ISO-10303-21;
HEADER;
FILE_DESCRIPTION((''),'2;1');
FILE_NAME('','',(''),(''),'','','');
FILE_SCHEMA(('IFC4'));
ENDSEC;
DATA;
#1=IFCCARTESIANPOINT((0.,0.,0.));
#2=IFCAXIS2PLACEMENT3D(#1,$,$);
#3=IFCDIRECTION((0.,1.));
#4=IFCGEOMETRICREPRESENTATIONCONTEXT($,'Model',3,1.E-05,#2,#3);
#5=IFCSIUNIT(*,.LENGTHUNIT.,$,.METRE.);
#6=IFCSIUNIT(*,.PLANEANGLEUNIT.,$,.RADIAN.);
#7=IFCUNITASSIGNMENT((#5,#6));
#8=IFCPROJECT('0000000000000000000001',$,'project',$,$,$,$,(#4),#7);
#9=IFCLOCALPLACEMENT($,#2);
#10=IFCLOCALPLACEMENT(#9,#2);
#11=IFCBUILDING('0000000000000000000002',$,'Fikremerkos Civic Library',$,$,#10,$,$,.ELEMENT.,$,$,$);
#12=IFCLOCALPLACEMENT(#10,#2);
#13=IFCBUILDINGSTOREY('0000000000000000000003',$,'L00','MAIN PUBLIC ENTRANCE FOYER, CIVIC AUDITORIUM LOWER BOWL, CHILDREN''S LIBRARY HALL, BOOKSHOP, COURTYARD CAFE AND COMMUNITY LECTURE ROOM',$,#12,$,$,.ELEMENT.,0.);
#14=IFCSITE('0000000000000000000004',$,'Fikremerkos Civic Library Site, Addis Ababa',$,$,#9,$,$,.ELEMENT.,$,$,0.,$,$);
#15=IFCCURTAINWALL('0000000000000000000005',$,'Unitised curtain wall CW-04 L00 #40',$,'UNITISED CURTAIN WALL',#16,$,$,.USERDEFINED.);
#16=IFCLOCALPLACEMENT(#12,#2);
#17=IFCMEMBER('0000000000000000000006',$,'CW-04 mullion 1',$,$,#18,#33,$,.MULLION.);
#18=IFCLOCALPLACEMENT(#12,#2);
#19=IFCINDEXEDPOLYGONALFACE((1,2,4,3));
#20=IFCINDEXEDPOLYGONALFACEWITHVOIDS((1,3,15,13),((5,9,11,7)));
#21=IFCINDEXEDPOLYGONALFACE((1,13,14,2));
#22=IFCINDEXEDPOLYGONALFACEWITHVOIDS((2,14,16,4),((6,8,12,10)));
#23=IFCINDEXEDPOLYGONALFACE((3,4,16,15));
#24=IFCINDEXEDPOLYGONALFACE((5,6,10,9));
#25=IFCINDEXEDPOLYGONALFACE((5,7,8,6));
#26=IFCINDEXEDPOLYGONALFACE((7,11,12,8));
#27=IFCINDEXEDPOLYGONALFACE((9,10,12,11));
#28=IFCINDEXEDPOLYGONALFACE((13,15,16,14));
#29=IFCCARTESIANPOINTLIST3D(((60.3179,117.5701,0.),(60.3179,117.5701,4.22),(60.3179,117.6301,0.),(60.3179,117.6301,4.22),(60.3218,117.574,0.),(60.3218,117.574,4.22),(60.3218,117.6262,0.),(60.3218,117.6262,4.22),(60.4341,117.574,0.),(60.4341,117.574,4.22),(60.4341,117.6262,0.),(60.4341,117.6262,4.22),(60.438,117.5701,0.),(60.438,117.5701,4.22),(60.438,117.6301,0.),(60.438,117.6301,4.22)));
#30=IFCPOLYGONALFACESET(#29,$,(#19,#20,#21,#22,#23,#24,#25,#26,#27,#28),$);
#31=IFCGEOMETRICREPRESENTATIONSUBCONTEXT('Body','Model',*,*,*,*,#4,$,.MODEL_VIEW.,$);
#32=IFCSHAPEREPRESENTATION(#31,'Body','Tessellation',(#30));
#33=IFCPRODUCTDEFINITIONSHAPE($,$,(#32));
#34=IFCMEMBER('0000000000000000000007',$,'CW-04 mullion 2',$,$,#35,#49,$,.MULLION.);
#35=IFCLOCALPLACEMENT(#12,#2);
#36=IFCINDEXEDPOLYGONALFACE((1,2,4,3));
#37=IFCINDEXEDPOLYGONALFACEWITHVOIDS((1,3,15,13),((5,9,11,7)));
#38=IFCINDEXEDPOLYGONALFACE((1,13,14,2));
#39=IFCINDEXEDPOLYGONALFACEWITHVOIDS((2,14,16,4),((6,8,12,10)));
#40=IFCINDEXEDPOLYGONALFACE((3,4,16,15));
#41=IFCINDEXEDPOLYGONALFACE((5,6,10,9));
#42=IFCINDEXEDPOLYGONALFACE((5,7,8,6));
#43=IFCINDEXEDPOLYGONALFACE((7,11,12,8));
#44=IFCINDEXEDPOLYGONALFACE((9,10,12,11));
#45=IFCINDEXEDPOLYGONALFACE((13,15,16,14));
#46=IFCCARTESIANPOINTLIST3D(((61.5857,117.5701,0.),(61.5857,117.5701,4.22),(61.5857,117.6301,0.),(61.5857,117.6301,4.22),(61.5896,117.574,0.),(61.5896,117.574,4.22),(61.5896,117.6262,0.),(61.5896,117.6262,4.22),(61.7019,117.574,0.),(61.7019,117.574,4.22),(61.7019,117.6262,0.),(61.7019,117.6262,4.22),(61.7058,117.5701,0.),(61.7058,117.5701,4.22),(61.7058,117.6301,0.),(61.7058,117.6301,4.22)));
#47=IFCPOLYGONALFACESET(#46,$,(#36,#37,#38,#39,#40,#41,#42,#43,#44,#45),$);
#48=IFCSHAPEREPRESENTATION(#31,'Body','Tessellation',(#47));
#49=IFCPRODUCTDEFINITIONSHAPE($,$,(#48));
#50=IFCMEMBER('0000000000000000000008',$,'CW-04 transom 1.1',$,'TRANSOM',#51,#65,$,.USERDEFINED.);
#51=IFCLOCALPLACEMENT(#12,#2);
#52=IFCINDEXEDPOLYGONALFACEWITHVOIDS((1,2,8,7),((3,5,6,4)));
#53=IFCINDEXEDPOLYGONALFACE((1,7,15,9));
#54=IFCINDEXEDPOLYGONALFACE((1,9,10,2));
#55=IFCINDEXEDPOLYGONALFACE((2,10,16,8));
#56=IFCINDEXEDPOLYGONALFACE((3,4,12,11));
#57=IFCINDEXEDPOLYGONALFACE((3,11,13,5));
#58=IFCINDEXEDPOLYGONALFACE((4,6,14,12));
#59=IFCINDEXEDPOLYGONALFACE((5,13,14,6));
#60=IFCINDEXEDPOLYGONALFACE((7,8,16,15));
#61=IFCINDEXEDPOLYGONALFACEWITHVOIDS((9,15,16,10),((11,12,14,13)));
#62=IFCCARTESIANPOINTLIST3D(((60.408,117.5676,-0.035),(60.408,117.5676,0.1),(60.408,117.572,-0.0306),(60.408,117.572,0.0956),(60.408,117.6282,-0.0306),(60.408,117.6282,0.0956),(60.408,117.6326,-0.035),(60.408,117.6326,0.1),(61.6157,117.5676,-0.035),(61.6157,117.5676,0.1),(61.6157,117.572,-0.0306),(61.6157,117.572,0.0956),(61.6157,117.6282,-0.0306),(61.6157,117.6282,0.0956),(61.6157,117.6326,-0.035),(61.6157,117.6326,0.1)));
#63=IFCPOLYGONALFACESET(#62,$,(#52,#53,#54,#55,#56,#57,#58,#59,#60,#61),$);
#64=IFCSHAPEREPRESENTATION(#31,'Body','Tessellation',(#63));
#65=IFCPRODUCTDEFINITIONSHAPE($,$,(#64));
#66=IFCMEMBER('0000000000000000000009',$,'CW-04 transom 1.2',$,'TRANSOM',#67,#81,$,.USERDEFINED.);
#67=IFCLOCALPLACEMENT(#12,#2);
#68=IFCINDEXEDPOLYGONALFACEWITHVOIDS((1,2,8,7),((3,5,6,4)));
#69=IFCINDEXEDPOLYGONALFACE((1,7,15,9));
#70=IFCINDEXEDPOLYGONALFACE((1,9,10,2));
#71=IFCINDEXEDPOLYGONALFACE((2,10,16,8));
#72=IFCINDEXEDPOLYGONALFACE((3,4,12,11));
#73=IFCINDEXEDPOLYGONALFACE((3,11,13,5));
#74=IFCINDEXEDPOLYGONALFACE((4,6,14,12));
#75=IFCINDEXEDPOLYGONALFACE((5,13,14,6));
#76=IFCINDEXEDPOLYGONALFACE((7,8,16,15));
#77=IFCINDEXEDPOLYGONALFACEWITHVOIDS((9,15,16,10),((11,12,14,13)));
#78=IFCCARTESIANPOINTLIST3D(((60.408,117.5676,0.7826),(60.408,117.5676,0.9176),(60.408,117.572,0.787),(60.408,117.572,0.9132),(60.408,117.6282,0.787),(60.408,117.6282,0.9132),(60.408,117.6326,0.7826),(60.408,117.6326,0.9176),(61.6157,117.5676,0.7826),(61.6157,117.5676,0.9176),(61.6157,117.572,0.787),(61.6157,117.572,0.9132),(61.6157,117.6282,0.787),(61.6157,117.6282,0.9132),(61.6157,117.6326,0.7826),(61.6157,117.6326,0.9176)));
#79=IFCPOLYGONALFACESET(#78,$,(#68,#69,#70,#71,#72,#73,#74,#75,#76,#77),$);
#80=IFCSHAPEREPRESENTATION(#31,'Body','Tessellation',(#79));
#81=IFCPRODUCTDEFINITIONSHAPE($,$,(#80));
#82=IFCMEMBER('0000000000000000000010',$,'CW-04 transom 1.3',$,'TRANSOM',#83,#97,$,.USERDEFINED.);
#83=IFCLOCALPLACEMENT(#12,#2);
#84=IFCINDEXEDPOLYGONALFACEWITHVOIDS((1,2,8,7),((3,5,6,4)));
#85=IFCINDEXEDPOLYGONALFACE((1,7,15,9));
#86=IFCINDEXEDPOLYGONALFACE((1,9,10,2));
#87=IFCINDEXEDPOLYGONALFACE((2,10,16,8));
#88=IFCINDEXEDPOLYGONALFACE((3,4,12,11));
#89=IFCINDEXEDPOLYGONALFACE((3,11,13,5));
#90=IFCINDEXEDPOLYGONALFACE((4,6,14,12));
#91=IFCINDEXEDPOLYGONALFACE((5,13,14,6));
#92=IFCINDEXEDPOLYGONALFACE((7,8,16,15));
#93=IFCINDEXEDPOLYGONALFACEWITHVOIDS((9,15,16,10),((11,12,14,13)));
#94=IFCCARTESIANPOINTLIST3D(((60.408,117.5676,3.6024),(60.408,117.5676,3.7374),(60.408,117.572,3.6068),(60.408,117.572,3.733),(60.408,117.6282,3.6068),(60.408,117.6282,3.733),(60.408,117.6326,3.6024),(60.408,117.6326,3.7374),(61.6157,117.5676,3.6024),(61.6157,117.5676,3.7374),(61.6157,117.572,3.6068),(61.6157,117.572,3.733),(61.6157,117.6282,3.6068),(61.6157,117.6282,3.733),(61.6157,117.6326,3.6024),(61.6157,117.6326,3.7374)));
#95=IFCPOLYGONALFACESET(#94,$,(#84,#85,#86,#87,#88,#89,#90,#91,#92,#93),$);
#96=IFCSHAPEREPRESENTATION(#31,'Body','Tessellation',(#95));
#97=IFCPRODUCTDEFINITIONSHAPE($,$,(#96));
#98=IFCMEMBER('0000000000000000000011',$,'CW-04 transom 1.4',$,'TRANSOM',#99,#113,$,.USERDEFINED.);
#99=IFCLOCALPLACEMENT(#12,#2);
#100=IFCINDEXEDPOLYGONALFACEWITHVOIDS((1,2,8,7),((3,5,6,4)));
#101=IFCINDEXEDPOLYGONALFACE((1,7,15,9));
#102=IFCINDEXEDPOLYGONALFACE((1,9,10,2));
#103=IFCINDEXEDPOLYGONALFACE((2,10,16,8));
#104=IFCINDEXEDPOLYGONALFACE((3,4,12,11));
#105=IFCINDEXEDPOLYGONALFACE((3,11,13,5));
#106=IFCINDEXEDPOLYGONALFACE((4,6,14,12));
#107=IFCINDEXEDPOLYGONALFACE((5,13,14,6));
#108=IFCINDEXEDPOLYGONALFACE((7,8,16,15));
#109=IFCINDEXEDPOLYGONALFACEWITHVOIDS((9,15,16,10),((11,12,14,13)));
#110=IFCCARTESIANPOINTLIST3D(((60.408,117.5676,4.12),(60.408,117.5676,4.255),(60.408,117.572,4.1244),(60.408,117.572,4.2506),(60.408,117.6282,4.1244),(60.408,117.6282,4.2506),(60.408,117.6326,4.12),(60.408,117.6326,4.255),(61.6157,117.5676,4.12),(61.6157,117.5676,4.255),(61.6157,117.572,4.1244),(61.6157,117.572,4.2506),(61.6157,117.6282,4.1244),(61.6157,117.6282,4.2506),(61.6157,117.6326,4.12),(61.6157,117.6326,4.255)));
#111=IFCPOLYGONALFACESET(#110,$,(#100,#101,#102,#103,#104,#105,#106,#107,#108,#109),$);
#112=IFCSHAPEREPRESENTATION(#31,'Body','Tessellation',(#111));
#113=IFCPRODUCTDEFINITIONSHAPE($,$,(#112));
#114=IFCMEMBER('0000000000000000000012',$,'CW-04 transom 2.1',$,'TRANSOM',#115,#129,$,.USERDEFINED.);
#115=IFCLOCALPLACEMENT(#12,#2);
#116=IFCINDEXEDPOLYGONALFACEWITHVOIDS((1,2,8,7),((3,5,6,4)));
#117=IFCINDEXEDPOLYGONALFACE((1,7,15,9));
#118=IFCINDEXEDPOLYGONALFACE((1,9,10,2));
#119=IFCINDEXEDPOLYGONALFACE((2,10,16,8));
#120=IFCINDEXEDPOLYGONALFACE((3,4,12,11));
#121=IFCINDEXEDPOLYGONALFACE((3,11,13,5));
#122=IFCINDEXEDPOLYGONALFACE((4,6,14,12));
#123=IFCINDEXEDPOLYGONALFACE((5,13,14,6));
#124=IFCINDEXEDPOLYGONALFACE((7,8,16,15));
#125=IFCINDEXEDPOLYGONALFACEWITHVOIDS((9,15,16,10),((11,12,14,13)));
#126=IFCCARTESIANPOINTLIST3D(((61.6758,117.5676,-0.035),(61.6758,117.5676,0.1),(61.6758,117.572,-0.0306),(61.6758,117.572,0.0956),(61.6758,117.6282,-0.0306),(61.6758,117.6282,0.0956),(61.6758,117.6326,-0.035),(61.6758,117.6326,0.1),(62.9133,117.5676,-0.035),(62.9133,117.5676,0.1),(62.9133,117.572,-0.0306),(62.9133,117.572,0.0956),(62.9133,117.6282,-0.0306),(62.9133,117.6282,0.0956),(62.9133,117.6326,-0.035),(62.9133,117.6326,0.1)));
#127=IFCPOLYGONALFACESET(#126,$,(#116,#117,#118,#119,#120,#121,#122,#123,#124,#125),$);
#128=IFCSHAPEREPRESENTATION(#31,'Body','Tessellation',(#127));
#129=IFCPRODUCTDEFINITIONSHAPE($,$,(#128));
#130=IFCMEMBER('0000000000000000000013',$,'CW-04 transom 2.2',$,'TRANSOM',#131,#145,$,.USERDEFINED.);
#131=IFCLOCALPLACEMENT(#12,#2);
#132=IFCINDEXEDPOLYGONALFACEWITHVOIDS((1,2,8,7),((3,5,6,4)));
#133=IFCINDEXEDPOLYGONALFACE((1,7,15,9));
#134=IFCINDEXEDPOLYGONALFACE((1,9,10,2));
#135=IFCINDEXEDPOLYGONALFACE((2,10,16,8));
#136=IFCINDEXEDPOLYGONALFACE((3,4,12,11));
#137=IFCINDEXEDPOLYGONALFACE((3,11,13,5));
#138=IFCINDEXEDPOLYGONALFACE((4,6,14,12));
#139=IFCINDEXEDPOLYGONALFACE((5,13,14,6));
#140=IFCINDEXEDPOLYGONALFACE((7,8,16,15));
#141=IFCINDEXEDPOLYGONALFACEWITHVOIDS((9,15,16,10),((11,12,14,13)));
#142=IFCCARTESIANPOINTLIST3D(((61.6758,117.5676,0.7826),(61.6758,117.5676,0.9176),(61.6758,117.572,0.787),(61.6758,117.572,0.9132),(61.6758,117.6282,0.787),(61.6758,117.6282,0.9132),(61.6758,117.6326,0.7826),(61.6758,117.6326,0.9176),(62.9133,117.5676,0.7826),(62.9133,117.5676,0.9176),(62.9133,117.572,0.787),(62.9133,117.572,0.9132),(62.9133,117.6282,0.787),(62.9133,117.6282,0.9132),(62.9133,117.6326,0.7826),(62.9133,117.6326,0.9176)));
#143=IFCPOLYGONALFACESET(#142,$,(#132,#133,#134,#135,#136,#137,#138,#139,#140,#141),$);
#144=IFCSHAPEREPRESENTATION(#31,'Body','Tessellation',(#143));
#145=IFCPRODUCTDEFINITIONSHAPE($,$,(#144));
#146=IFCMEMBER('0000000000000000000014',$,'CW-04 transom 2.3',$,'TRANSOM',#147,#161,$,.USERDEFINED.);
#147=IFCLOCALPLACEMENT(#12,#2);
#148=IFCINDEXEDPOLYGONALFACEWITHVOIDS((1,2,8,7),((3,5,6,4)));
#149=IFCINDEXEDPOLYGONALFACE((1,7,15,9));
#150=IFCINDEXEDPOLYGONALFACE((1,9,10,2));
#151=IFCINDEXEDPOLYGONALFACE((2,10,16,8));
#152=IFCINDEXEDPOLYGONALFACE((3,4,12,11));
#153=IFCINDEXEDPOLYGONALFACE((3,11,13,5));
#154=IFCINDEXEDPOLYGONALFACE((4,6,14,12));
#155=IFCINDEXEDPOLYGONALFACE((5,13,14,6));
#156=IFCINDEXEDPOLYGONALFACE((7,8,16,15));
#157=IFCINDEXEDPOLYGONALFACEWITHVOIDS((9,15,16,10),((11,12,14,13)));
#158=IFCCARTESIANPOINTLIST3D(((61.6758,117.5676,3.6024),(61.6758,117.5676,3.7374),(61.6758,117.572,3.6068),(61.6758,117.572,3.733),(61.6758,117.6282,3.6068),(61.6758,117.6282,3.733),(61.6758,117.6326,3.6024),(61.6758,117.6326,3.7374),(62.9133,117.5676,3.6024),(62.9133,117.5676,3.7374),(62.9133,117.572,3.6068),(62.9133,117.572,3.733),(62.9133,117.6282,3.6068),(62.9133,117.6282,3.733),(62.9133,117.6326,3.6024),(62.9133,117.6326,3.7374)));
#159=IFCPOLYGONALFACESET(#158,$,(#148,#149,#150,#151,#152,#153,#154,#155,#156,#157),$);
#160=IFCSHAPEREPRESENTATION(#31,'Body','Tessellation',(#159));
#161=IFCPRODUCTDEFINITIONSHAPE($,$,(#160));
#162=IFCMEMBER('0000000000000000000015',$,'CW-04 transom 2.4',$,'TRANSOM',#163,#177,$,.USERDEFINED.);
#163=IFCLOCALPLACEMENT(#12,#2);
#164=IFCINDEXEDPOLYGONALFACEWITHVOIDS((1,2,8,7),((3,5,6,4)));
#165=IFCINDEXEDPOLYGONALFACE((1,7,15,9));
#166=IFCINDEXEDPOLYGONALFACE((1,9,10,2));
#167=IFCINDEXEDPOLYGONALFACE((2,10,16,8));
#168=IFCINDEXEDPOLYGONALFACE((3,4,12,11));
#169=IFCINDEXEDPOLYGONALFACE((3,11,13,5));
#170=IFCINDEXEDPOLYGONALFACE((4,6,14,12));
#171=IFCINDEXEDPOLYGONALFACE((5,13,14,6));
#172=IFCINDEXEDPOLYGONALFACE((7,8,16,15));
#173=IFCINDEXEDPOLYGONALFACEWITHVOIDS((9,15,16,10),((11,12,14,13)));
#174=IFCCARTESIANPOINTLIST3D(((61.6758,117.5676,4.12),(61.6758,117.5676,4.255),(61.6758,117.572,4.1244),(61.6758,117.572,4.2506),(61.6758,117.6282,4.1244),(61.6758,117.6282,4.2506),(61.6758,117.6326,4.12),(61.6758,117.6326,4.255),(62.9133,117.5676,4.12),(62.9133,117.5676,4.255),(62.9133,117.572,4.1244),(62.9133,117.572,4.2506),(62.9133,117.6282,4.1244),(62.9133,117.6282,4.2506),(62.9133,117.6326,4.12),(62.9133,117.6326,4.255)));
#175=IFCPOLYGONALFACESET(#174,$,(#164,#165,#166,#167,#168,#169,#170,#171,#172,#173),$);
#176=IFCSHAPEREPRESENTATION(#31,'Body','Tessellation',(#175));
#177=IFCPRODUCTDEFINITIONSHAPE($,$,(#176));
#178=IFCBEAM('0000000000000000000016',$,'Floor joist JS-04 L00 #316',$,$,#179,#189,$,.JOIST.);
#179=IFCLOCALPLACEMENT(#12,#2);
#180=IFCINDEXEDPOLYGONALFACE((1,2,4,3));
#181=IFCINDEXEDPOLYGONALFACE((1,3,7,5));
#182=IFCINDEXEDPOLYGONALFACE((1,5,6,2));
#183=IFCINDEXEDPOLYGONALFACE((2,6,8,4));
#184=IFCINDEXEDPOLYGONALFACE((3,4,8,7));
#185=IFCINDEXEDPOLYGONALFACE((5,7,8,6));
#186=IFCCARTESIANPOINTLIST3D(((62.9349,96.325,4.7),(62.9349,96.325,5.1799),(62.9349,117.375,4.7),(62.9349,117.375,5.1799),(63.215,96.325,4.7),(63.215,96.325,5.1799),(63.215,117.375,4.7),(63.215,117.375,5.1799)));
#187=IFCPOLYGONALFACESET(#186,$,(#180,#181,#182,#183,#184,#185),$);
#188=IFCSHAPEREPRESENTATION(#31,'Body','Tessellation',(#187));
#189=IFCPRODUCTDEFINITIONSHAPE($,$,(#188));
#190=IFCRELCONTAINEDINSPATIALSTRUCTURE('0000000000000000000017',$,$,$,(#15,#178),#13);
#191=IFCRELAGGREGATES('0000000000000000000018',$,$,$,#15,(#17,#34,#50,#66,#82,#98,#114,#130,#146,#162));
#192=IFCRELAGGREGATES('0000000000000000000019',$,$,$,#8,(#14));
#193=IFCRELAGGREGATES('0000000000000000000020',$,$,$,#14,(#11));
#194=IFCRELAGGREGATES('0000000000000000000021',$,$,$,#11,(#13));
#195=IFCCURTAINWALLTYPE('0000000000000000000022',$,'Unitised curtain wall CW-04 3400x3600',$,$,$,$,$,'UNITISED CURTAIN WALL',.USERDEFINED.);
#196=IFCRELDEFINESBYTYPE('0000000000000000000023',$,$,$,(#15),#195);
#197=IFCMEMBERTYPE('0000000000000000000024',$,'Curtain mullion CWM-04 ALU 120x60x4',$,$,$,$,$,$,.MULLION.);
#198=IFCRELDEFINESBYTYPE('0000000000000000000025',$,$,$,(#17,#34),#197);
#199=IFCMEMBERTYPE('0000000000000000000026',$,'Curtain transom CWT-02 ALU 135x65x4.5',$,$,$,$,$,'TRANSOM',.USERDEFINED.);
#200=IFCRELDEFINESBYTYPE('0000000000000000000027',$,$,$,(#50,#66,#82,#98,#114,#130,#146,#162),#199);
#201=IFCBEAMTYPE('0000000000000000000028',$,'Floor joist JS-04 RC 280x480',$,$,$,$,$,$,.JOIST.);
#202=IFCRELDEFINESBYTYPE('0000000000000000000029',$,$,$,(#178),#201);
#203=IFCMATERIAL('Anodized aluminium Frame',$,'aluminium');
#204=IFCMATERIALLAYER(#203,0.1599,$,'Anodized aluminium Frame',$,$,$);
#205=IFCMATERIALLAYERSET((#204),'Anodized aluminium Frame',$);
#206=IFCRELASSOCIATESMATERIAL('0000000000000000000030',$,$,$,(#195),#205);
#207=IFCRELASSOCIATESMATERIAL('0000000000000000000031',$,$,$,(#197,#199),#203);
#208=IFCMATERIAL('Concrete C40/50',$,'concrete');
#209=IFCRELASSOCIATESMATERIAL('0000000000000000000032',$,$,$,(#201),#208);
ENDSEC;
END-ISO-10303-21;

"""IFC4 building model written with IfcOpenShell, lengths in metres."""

from ifc_helpers import new_model, si_unit, direction, frame, origin, origin_2d, place, context, subcontext, project, spatial, rectangle, hollow_rectangle, extrude, material, layer, layer_set, material_profile, profile_set, type_object, element, aggregate, save


model = new_model("IFC4")

# Units and contexts
model_context = context("Model", 3, precision=1e-05, world=origin(), true_north=direction((0.0, 1.0)))
body_context = subcontext(model_context, "Body", "Model", "MODEL_VIEW")
ifc_project = project(units=[si_unit("LENGTHUNIT", "METRE"), si_unit("PLANEANGLEUNIT", "RADIAN")], contexts=[model_context])

# Site, building, storey
site_placement = place(None, origin())
site = spatial("IfcSite", under=ifc_project, at=site_placement, Name="Fikremerkos Civic Library Site, Addis Ababa", CompositionType="ELEMENT", RefElevation=0.0)
building_placement = place(site_placement, origin())
building = spatial("IfcBuilding", under=site, at=building_placement, Name="Fikremerkos Civic Library", CompositionType="ELEMENT")
storey_placement = place(building_placement, origin())
storey = spatial("IfcBuildingStorey", under=building, at=storey_placement, Name="L00", Description="MAIN PUBLIC ENTRANCE FOYER, CIVIC AUDITORIUM LOWER BOWL, CHILDREN'S LIBRARY HALL, BOOKSHOP, COURTYARD CAFE AND COMMUNITY LECTURE ROOM", CompositionType="ELEMENT", Elevation=0.0)

# Curtain wall, members
ifc_material_1 = material(Name="Anodized aluminium Frame", Category="aluminium")
ifc_layer_1 = layer(ifc_material_1, 0.1599, Name="Anodized aluminium Frame")
ifc_layer_set_1 = layer_set([ifc_layer_1], Name="Anodized aluminium Frame")
curtain_wall_type = type_object("IfcCurtainWallType", Name="Unitised curtain wall CW-04 3400x3600", ElementType="UNITISED CURTAIN WALL", PredefinedType="USERDEFINED", material=ifc_layer_set_1)
curtain_wall_placement = place(storey_placement, origin())
curtain_wall = element("IfcCurtainWall", 1, at=curtain_wall_placement, inside=storey, type_object=curtain_wall_type, Name="Unitised curtain wall CW-04 L00 #40", ObjectType="UNITISED CURTAIN WALL", PredefinedType="USERDEFINED")
ifc_material_profile_1 = material_profile(ifc_material_1, hollow_rectangle(XDim=0.0601, YDim=0.1201, WallThickness=0.0039, at=origin_2d()), Name="ALU 120x60x4")
ifc_profile_set_1 = profile_set([ifc_material_profile_1], Name="Anodized aluminium Frame")
member_type_1 = type_object("IfcMemberType", Name="Curtain mullion CWM-04 ALU 120x60x4", PredefinedType="MULLION", material=ifc_profile_set_1)
member_1_placement = place(storey_placement, frame((60.3779, 117.6001, 0.0), z_axis=(0.0, 0.0, 1.0), x_axis=(0.0, 1.0, 0.0)))
member_1 = element("IfcMember", 2, at=member_1_placement, type_object=member_type_1, Name="CW-04 mullion 1", PredefinedType="MULLION", context=body_context, shape_type="SweptSolid", body=[
    extrude(hollow_rectangle(XDim=0.0601, YDim=0.1201, WallThickness=0.0039, at=origin_2d()), origin(), (0.0, 0.0, 1.0), 4.22),
])
member_2_placement = place(storey_placement, frame((61.6458, 117.6001, 0.0), z_axis=(0.0, 0.0, 1.0), x_axis=(0.0, 1.0, 0.0)))
member_2 = element("IfcMember", 3, at=member_2_placement, type_object=member_type_1, Name="CW-04 mullion 2", PredefinedType="MULLION", context=body_context, shape_type="SweptSolid", body=[
    extrude(hollow_rectangle(XDim=0.0601, YDim=0.1201, WallThickness=0.0039, at=origin_2d()), origin(), (0.0, 0.0, 1.0), 4.22),
])
ifc_material_profile_2 = material_profile(ifc_material_1, hollow_rectangle(XDim=0.0649, YDim=0.135, WallThickness=0.0044, at=origin_2d()), Name="ALU 135x65x4.5")
ifc_profile_set_2 = profile_set([ifc_material_profile_2], Name="Anodized aluminium Frame")
member_type_2 = type_object("IfcMemberType", Name="Curtain transom CWT-02 ALU 135x65x4.5", ElementType="TRANSOM", PredefinedType="USERDEFINED", material=ifc_profile_set_2)
member_3_placement = place(storey_placement, frame((60.408, 117.6001, 0.0325), z_axis=(1.0, 0.0, 0.0), x_axis=(0.0, 1.0, 0.0)))
member_3 = element("IfcMember", 4, at=member_3_placement, type_object=member_type_2, Name="CW-04 transom 1.1", ObjectType="TRANSOM", PredefinedType="USERDEFINED", context=body_context, shape_type="SweptSolid", body=[
    extrude(hollow_rectangle(XDim=0.0649, YDim=0.135, WallThickness=0.0044, at=origin_2d()), origin(), (0.0, 0.0, 1.0), 1.2078),
])
member_4_placement = place(storey_placement, frame((60.408, 117.6001, 0.8501), z_axis=(1.0, 0.0, 0.0), x_axis=(0.0, 1.0, 0.0)))
member_4 = element("IfcMember", 5, at=member_4_placement, type_object=member_type_2, Name="CW-04 transom 1.2", ObjectType="TRANSOM", PredefinedType="USERDEFINED", context=body_context, shape_type="SweptSolid", body=[
    extrude(hollow_rectangle(XDim=0.0649, YDim=0.135, WallThickness=0.0044, at=origin_2d()), origin(), (0.0, 0.0, 1.0), 1.2078),
])
member_5_placement = place(storey_placement, frame((60.408, 117.6001, 3.6699), z_axis=(1.0, 0.0, 0.0), x_axis=(0.0, 1.0, 0.0)))
member_5 = element("IfcMember", 6, at=member_5_placement, type_object=member_type_2, Name="CW-04 transom 1.3", ObjectType="TRANSOM", PredefinedType="USERDEFINED", context=body_context, shape_type="SweptSolid", body=[
    extrude(hollow_rectangle(XDim=0.0649, YDim=0.135, WallThickness=0.0044, at=origin_2d()), origin(), (0.0, 0.0, 1.0), 1.2078),
])
member_6_placement = place(storey_placement, frame((60.408, 117.6001, 4.1875), z_axis=(1.0, 0.0, 0.0), x_axis=(0.0, 1.0, 0.0)))
member_6 = element("IfcMember", 7, at=member_6_placement, type_object=member_type_2, Name="CW-04 transom 1.4", ObjectType="TRANSOM", PredefinedType="USERDEFINED", context=body_context, shape_type="SweptSolid", body=[
    extrude(hollow_rectangle(XDim=0.0649, YDim=0.135, WallThickness=0.0044, at=origin_2d()), origin(), (0.0, 0.0, 1.0), 1.2078),
])
member_7_placement = place(storey_placement, frame((61.6758, 117.6001, 0.0325), z_axis=(1.0, 0.0, 0.0), x_axis=(0.0, 1.0, 0.0)))
member_7 = element("IfcMember", 8, at=member_7_placement, type_object=member_type_2, Name="CW-04 transom 2.1", ObjectType="TRANSOM", PredefinedType="USERDEFINED", context=body_context, shape_type="SweptSolid", body=[
    extrude(hollow_rectangle(XDim=0.0649, YDim=0.135, WallThickness=0.0044, at=origin_2d()), origin(), (0.0, 0.0, 1.0), 1.2375),
])
member_8_placement = place(storey_placement, frame((61.6758, 117.6001, 0.8501), z_axis=(1.0, 0.0, 0.0), x_axis=(0.0, 1.0, 0.0)))
member_8 = element("IfcMember", 9, at=member_8_placement, type_object=member_type_2, Name="CW-04 transom 2.2", ObjectType="TRANSOM", PredefinedType="USERDEFINED", context=body_context, shape_type="SweptSolid", body=[
    extrude(hollow_rectangle(XDim=0.0649, YDim=0.135, WallThickness=0.0044, at=origin_2d()), origin(), (0.0, 0.0, 1.0), 1.2375),
])
member_9_placement = place(storey_placement, frame((61.6758, 117.6001, 3.6699), z_axis=(1.0, 0.0, 0.0), x_axis=(0.0, 1.0, 0.0)))
member_9 = element("IfcMember", 10, at=member_9_placement, type_object=member_type_2, Name="CW-04 transom 2.3", ObjectType="TRANSOM", PredefinedType="USERDEFINED", context=body_context, shape_type="SweptSolid", body=[
    extrude(hollow_rectangle(XDim=0.0649, YDim=0.135, WallThickness=0.0044, at=origin_2d()), origin(), (0.0, 0.0, 1.0), 1.2375),
])
member_10_placement = place(storey_placement, frame((61.6758, 117.6001, 4.1875), z_axis=(1.0, 0.0, 0.0), x_axis=(0.0, 1.0, 0.0)))
member_10 = element("IfcMember", 11, at=member_10_placement, type_object=member_type_2, Name="CW-04 transom 2.4", ObjectType="TRANSOM", PredefinedType="USERDEFINED", context=body_context, shape_type="SweptSolid", body=[
    extrude(hollow_rectangle(XDim=0.0649, YDim=0.135, WallThickness=0.0044, at=origin_2d()), origin(), (0.0, 0.0, 1.0), 1.2375),
])

# Beam
ifc_material_2 = material(Name="Concrete C40/50", Category="concrete")
ifc_material_profile_3 = material_profile(ifc_material_2, rectangle(XDim=0.28, YDim=0.48, at=origin_2d()), Name="RC 280x480")
ifc_profile_set_3 = profile_set([ifc_material_profile_3], Name="Concrete C40/50")
beam_type = type_object("IfcBeamType", Name="Floor joist JS-04 RC 280x480", PredefinedType="JOIST", material=ifc_profile_set_3)
for number, where, z_axis, x_axis, name in (
    (12, (63.075, 96.325, 4.9399), (0.0, 1.0, 0.0), (-1.0, 0.0, 0.0), "Floor joist JS-04 L00 #316"),
):
    element("IfcBeam", number, at=place(storey_placement, frame(where, z_axis=z_axis, x_axis=x_axis)), inside=storey, type_object=beam_type, Name=name, PredefinedType="JOIST", context=body_context, shape_type="SweptSolid", body=[
        extrude(rectangle(XDim=0.28, YDim=0.48, at=origin_2d()), origin(), (0.0, 0.0, 1.0), 21.05),
    ])

aggregate(curtain_wall, [member_1, member_2, member_3, member_4, member_5, member_6, member_7, member_8, member_9, member_10])

save(model, "model.ifc")
